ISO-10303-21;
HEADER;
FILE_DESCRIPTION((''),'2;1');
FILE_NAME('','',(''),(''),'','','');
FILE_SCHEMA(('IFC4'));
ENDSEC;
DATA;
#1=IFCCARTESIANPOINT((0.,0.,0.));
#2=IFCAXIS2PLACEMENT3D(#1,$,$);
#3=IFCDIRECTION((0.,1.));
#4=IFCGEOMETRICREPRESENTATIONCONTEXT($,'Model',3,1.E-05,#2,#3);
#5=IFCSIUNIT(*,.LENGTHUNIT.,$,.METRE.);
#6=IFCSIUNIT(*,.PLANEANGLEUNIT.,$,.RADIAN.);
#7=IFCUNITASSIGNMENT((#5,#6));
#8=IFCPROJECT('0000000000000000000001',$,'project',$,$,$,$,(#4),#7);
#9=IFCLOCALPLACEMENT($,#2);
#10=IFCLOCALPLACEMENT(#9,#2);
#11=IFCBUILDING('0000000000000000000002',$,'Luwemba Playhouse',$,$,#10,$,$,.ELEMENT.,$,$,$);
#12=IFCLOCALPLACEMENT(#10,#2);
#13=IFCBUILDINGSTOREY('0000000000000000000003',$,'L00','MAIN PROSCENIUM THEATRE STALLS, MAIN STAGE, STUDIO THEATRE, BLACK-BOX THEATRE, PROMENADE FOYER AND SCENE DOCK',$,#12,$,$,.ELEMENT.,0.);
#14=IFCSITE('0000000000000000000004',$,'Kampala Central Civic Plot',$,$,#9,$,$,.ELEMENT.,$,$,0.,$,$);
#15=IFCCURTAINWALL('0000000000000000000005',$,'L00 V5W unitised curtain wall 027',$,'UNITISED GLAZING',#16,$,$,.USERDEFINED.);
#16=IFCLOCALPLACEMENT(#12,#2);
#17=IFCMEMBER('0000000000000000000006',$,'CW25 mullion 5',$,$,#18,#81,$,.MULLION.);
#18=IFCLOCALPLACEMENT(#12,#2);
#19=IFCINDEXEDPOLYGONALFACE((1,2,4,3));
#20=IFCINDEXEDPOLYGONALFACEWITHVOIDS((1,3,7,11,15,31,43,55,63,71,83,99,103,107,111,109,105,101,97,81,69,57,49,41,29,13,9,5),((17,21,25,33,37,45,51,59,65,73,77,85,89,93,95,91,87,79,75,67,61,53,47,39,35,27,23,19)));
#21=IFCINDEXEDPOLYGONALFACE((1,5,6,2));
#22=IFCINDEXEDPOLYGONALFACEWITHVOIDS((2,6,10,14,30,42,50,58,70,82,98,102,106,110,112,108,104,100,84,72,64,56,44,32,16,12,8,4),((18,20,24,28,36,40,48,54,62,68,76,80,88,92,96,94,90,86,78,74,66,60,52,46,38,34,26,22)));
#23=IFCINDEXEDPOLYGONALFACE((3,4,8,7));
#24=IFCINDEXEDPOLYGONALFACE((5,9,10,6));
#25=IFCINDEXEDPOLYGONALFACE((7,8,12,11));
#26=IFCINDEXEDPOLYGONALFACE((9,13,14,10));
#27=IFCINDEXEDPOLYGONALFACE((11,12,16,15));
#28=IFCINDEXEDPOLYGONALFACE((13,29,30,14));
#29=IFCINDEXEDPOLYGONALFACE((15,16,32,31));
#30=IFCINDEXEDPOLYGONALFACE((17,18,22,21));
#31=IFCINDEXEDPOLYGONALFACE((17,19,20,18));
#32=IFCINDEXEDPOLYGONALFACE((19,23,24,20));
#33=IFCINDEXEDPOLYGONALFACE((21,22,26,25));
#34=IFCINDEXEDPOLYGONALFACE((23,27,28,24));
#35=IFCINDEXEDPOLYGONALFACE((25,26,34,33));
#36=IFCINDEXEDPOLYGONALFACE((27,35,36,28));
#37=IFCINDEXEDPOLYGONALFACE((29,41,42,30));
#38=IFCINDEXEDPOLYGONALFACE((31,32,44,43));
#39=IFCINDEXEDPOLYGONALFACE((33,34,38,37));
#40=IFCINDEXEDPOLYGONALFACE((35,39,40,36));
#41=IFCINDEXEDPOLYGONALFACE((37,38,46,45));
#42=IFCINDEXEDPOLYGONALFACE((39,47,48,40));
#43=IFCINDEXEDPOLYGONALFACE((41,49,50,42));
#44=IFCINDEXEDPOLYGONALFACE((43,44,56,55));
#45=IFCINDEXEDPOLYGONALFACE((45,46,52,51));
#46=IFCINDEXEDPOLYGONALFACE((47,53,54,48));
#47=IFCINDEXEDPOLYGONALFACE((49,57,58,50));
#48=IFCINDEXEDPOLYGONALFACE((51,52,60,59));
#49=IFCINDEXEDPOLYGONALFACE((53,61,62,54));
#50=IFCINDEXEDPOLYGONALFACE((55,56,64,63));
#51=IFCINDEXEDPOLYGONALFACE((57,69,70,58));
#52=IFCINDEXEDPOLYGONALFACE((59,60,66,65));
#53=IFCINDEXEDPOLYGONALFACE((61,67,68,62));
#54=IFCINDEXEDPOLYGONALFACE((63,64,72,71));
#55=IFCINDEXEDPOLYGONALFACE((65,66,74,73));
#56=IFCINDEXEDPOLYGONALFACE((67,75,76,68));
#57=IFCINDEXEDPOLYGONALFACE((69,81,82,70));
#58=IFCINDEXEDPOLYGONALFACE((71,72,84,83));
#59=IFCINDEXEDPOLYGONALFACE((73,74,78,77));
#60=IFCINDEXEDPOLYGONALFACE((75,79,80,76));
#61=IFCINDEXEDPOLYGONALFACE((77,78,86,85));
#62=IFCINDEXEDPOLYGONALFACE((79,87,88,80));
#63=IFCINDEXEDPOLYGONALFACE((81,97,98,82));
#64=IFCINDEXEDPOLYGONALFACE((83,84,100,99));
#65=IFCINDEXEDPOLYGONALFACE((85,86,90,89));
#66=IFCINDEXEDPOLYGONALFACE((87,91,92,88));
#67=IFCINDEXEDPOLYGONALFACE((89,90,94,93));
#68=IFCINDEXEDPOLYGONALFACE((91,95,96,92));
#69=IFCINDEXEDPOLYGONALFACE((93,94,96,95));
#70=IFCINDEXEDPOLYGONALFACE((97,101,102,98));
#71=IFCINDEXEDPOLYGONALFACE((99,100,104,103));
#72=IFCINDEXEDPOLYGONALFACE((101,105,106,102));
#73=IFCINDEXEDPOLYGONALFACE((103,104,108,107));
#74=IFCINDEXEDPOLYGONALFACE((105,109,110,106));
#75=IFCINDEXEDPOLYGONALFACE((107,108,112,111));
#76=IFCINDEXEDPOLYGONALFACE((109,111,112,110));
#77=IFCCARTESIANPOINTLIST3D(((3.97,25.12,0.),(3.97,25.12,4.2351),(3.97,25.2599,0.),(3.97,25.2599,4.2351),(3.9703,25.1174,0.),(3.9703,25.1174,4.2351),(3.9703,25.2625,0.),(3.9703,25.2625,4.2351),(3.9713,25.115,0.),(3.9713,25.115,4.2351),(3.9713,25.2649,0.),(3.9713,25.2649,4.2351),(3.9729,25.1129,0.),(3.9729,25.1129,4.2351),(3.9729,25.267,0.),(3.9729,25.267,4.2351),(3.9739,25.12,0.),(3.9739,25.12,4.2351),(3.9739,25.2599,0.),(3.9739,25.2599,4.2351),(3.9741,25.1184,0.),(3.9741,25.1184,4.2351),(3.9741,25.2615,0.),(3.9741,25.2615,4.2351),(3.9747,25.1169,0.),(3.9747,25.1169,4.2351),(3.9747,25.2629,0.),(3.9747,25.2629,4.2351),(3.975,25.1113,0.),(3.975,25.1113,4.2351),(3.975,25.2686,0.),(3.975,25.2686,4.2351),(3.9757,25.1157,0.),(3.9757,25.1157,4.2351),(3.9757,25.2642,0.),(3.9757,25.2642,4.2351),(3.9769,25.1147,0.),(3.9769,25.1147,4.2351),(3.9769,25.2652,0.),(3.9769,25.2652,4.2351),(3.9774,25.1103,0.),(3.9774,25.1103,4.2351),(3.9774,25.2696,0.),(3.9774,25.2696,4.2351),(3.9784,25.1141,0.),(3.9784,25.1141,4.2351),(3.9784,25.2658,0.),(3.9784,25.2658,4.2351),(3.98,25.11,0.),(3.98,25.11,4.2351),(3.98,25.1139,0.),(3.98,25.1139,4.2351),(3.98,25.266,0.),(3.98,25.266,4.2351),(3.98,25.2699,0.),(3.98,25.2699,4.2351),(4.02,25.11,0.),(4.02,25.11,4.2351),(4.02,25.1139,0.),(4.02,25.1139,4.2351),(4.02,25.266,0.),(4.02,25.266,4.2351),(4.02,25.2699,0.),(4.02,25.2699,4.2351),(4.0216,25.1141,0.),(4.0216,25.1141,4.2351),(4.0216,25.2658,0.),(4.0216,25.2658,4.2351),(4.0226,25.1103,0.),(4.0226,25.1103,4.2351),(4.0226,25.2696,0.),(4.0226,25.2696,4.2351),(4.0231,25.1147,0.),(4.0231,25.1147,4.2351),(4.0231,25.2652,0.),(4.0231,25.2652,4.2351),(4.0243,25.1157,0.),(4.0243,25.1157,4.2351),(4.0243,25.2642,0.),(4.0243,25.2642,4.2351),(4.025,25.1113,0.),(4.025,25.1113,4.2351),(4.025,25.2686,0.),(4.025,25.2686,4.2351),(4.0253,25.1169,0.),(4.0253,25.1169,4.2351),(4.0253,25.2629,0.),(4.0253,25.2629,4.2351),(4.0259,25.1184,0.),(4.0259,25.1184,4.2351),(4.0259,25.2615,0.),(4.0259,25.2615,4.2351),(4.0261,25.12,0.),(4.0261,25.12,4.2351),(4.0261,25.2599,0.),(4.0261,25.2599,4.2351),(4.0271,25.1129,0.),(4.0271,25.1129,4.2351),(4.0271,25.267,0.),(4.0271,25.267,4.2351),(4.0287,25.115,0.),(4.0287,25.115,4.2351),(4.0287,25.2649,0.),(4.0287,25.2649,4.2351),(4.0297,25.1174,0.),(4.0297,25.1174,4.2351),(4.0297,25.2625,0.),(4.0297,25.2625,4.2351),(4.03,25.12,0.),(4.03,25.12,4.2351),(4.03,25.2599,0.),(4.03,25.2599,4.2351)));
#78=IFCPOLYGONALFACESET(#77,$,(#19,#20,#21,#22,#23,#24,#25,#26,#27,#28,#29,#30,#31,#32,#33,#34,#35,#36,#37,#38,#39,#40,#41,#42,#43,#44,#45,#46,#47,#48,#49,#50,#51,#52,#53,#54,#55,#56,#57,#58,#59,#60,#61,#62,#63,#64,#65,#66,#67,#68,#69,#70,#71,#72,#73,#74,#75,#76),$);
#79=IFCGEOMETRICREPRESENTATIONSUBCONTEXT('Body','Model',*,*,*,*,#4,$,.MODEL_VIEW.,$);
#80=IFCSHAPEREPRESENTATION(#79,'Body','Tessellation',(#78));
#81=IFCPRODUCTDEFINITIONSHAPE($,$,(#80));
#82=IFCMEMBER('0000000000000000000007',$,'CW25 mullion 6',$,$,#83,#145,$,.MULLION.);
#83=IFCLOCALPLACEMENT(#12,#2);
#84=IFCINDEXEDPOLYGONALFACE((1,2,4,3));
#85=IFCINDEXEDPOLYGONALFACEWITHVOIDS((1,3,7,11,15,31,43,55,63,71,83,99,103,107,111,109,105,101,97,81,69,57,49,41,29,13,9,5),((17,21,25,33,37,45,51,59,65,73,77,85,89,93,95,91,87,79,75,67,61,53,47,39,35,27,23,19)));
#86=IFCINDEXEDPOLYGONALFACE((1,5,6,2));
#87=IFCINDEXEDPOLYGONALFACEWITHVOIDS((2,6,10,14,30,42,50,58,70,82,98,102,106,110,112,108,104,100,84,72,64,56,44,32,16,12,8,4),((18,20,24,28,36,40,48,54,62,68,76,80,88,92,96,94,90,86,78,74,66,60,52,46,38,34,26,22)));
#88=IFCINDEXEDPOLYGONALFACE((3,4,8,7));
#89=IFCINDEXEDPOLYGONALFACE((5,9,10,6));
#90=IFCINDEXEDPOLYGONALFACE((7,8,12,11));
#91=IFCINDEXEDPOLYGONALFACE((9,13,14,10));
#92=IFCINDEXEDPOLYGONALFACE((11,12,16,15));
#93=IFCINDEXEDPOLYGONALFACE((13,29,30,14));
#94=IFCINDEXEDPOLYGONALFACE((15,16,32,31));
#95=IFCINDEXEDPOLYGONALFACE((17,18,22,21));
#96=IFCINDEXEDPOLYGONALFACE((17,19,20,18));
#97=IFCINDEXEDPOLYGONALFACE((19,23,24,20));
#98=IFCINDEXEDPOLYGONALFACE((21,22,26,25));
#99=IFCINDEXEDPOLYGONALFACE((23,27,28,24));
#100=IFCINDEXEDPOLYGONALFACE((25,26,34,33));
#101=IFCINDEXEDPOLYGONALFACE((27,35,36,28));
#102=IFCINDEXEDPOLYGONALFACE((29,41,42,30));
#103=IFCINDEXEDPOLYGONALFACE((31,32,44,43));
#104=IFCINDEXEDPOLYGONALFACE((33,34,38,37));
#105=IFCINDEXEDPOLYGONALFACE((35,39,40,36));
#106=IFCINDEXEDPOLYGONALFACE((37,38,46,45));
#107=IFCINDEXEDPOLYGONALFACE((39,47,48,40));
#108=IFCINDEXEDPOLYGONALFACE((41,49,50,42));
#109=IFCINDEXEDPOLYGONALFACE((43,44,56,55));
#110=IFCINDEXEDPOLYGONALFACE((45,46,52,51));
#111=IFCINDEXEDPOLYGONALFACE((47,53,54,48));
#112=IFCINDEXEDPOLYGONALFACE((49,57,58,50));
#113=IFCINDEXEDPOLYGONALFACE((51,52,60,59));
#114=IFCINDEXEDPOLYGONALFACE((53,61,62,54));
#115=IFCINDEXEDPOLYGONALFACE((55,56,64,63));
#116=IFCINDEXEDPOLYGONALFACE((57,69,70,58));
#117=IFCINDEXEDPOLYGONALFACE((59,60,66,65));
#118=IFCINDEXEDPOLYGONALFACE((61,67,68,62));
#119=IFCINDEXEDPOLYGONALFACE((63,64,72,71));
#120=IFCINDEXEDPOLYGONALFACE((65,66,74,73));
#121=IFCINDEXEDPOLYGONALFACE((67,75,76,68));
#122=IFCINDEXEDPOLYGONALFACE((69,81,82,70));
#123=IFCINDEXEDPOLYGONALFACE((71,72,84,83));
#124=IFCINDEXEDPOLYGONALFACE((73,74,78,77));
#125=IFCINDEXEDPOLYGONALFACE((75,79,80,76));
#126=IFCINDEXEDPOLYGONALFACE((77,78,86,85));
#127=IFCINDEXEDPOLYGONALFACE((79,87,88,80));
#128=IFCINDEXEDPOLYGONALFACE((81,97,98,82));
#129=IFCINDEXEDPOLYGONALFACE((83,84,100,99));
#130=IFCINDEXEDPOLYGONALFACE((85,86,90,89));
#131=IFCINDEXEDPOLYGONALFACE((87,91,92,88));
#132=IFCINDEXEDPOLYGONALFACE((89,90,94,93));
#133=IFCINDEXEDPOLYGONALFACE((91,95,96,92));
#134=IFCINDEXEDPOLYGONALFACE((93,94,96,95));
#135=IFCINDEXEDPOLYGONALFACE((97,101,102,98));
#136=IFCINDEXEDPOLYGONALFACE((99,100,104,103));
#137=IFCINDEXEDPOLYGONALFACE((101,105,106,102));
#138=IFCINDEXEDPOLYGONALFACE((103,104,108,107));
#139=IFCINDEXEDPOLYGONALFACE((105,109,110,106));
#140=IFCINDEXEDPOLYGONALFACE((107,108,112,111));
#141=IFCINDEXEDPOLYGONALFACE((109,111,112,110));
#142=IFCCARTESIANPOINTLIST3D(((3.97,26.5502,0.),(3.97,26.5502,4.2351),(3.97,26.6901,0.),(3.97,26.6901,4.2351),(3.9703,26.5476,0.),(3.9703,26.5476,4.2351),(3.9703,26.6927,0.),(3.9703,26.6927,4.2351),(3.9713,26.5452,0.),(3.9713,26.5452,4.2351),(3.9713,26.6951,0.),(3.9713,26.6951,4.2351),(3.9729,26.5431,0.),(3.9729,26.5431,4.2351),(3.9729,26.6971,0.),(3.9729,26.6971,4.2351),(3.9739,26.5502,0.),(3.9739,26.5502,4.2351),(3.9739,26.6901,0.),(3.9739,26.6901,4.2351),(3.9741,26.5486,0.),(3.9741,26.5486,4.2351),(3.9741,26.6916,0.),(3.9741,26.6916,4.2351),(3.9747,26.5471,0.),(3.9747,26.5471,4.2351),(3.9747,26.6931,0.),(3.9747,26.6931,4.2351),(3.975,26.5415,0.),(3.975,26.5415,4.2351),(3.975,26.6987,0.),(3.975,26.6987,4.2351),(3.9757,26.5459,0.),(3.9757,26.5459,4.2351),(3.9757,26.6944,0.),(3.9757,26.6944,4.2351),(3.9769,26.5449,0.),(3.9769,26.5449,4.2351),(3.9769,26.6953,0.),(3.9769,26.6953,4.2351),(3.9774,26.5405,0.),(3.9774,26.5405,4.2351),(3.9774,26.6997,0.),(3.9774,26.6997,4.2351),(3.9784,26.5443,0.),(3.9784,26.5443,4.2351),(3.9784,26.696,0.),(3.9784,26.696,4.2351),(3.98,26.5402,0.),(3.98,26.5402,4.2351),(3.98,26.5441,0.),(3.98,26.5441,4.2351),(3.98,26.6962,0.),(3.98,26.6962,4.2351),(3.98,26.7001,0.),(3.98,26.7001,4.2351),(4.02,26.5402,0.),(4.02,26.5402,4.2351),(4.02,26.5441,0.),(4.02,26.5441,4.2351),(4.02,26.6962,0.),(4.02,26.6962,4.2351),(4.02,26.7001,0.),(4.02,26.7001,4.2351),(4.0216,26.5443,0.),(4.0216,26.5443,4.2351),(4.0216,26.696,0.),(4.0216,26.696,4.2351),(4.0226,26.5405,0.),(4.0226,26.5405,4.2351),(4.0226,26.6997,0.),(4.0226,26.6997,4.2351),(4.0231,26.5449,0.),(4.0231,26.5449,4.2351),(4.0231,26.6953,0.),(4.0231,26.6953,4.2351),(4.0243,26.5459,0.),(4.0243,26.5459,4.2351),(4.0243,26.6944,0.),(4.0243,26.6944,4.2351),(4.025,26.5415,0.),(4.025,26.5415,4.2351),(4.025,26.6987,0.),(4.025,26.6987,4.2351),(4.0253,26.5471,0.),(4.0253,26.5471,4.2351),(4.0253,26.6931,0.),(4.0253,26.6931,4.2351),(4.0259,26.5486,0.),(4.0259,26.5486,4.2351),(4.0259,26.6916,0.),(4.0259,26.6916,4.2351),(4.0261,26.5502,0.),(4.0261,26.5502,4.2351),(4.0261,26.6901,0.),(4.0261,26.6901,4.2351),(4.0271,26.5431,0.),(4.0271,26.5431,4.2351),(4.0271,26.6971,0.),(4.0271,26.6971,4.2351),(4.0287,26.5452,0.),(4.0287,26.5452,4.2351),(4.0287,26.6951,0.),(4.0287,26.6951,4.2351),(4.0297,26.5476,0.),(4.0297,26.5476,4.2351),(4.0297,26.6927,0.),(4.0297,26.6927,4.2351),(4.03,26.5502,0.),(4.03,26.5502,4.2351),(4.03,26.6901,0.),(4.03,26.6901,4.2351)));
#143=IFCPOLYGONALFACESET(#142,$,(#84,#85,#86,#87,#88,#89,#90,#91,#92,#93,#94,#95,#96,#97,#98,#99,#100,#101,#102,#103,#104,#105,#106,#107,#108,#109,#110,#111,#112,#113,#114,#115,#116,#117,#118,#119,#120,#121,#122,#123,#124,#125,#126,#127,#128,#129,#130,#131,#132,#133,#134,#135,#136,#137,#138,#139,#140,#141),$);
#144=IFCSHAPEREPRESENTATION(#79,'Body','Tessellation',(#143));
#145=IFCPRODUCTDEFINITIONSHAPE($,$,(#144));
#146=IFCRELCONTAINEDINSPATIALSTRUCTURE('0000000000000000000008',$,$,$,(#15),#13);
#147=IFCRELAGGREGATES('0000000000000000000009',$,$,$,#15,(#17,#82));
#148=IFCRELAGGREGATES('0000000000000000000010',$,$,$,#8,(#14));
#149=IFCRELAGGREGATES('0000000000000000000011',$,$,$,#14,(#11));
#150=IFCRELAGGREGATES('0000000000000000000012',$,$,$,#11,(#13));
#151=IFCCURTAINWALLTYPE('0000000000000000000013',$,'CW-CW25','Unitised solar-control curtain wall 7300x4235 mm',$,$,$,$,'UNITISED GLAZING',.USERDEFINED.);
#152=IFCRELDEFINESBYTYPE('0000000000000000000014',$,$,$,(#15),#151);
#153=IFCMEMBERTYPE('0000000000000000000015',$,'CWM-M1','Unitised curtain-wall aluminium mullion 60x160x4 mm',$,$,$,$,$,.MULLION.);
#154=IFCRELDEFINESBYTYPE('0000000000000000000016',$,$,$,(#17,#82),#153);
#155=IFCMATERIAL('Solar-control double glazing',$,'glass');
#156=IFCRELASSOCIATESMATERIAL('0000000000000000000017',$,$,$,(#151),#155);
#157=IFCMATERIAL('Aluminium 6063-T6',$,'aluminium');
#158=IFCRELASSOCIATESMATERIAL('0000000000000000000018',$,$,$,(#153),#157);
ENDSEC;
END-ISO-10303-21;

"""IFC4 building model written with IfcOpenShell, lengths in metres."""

from ifc_helpers import new_model, si_unit, direction, frame, origin, origin_2d, place, context, subcontext, project, spatial, hollow_rectangle, extrude, material, material_profile, profile_set, type_object, element, aggregate, save


model = new_model("IFC4")

# Units and contexts
model_context = context("Model", 3, precision=1e-05, world=origin(), true_north=direction((0.0, 1.0)))
body_context = subcontext(model_context, "Body", "Model", "MODEL_VIEW")
ifc_project = project(units=[si_unit("LENGTHUNIT", "METRE"), si_unit("PLANEANGLEUNIT", "RADIAN")], contexts=[model_context])

# Site, building, storey
site_placement = place(None, origin())
site = spatial("IfcSite", under=ifc_project, at=site_placement, Name="Kampala Central Civic Plot", CompositionType="ELEMENT", RefElevation=0.0)
building_placement = place(site_placement, origin())
building = spatial("IfcBuilding", under=site, at=building_placement, Name="Luwemba Playhouse", CompositionType="ELEMENT")
storey_placement = place(building_placement, origin())
storey = spatial("IfcBuildingStorey", under=building, at=storey_placement, Name="L00", Description="MAIN PROSCENIUM THEATRE STALLS, MAIN STAGE, STUDIO THEATRE, BLACK-BOX THEATRE, PROMENADE FOYER AND SCENE DOCK", CompositionType="ELEMENT", Elevation=0.0)

# Curtain wall, members
ifc_material_1 = material(Name="Solar-control double glazing", Category="glass")
curtain_wall_type_1 = type_object("IfcCurtainWallType", Name="CW-CW25", Description="Unitised solar-control curtain wall 7300x4235 mm", ElementType="UNITISED GLAZING", PredefinedType="USERDEFINED", material=ifc_material_1)
curtain_wall_1_placement = place(storey_placement, origin())
curtain_wall_1 = element("IfcCurtainWall", 1, at=curtain_wall_1_placement, inside=storey, type_object=curtain_wall_type_1, Name="L00 V5W unitised curtain wall 027", ObjectType="UNITISED GLAZING", PredefinedType="USERDEFINED")
ifc_material_2 = material(Name="Aluminium 6063-T6", Category="aluminium")
ifc_material_profile_1 = material_profile(ifc_material_2, hollow_rectangle(XDim=0.0601, YDim=0.1599, WallThickness=0.0039, InnerFilletRadius=0.0061, OuterFilletRadius=0.01, at=origin_2d()))
ifc_profile_set_1 = profile_set([ifc_material_profile_1], Name="Aluminium 6063-T6")
member_type_1 = type_object("IfcMemberType", Name="CWM-M1", Description="Unitised curtain-wall aluminium mullion 60x160x4 mm", PredefinedType="MULLION", material=ifc_profile_set_1)
member_1_placement = place(storey_placement, frame((4.0, 25.1899, 0.0), z_axis=(0.0, 0.0, 1.0), x_axis=(-1.0, 0.0, 0.0)))
member_1 = element("IfcMember", 2, at=member_1_placement, type_object=member_type_1, Name="CW25 mullion 5", PredefinedType="MULLION", context=body_context, shape_type="SweptSolid", body=[
    extrude(hollow_rectangle(XDim=0.0601, YDim=0.1599, WallThickness=0.0039, InnerFilletRadius=0.0061, OuterFilletRadius=0.01, at=origin_2d()), origin(), (0.0, 0.0, 1.0), 4.2351),
])
member_2_placement = place(storey_placement, frame((4.0, 26.6201, 0.0), z_axis=(0.0, 0.0, 1.0), x_axis=(-1.0, 0.0, 0.0)))
member_2 = element("IfcMember", 3, at=member_2_placement, type_object=member_type_1, Name="CW25 mullion 6", PredefinedType="MULLION", context=body_context, shape_type="SweptSolid", body=[
    extrude(hollow_rectangle(XDim=0.0601, YDim=0.1599, WallThickness=0.0039, InnerFilletRadius=0.0061, OuterFilletRadius=0.01, at=origin_2d()), origin(), (0.0, 0.0, 1.0), 4.2351),
])

aggregate(curtain_wall_1, [member_1, member_2])

save(model, "model.ifc")
